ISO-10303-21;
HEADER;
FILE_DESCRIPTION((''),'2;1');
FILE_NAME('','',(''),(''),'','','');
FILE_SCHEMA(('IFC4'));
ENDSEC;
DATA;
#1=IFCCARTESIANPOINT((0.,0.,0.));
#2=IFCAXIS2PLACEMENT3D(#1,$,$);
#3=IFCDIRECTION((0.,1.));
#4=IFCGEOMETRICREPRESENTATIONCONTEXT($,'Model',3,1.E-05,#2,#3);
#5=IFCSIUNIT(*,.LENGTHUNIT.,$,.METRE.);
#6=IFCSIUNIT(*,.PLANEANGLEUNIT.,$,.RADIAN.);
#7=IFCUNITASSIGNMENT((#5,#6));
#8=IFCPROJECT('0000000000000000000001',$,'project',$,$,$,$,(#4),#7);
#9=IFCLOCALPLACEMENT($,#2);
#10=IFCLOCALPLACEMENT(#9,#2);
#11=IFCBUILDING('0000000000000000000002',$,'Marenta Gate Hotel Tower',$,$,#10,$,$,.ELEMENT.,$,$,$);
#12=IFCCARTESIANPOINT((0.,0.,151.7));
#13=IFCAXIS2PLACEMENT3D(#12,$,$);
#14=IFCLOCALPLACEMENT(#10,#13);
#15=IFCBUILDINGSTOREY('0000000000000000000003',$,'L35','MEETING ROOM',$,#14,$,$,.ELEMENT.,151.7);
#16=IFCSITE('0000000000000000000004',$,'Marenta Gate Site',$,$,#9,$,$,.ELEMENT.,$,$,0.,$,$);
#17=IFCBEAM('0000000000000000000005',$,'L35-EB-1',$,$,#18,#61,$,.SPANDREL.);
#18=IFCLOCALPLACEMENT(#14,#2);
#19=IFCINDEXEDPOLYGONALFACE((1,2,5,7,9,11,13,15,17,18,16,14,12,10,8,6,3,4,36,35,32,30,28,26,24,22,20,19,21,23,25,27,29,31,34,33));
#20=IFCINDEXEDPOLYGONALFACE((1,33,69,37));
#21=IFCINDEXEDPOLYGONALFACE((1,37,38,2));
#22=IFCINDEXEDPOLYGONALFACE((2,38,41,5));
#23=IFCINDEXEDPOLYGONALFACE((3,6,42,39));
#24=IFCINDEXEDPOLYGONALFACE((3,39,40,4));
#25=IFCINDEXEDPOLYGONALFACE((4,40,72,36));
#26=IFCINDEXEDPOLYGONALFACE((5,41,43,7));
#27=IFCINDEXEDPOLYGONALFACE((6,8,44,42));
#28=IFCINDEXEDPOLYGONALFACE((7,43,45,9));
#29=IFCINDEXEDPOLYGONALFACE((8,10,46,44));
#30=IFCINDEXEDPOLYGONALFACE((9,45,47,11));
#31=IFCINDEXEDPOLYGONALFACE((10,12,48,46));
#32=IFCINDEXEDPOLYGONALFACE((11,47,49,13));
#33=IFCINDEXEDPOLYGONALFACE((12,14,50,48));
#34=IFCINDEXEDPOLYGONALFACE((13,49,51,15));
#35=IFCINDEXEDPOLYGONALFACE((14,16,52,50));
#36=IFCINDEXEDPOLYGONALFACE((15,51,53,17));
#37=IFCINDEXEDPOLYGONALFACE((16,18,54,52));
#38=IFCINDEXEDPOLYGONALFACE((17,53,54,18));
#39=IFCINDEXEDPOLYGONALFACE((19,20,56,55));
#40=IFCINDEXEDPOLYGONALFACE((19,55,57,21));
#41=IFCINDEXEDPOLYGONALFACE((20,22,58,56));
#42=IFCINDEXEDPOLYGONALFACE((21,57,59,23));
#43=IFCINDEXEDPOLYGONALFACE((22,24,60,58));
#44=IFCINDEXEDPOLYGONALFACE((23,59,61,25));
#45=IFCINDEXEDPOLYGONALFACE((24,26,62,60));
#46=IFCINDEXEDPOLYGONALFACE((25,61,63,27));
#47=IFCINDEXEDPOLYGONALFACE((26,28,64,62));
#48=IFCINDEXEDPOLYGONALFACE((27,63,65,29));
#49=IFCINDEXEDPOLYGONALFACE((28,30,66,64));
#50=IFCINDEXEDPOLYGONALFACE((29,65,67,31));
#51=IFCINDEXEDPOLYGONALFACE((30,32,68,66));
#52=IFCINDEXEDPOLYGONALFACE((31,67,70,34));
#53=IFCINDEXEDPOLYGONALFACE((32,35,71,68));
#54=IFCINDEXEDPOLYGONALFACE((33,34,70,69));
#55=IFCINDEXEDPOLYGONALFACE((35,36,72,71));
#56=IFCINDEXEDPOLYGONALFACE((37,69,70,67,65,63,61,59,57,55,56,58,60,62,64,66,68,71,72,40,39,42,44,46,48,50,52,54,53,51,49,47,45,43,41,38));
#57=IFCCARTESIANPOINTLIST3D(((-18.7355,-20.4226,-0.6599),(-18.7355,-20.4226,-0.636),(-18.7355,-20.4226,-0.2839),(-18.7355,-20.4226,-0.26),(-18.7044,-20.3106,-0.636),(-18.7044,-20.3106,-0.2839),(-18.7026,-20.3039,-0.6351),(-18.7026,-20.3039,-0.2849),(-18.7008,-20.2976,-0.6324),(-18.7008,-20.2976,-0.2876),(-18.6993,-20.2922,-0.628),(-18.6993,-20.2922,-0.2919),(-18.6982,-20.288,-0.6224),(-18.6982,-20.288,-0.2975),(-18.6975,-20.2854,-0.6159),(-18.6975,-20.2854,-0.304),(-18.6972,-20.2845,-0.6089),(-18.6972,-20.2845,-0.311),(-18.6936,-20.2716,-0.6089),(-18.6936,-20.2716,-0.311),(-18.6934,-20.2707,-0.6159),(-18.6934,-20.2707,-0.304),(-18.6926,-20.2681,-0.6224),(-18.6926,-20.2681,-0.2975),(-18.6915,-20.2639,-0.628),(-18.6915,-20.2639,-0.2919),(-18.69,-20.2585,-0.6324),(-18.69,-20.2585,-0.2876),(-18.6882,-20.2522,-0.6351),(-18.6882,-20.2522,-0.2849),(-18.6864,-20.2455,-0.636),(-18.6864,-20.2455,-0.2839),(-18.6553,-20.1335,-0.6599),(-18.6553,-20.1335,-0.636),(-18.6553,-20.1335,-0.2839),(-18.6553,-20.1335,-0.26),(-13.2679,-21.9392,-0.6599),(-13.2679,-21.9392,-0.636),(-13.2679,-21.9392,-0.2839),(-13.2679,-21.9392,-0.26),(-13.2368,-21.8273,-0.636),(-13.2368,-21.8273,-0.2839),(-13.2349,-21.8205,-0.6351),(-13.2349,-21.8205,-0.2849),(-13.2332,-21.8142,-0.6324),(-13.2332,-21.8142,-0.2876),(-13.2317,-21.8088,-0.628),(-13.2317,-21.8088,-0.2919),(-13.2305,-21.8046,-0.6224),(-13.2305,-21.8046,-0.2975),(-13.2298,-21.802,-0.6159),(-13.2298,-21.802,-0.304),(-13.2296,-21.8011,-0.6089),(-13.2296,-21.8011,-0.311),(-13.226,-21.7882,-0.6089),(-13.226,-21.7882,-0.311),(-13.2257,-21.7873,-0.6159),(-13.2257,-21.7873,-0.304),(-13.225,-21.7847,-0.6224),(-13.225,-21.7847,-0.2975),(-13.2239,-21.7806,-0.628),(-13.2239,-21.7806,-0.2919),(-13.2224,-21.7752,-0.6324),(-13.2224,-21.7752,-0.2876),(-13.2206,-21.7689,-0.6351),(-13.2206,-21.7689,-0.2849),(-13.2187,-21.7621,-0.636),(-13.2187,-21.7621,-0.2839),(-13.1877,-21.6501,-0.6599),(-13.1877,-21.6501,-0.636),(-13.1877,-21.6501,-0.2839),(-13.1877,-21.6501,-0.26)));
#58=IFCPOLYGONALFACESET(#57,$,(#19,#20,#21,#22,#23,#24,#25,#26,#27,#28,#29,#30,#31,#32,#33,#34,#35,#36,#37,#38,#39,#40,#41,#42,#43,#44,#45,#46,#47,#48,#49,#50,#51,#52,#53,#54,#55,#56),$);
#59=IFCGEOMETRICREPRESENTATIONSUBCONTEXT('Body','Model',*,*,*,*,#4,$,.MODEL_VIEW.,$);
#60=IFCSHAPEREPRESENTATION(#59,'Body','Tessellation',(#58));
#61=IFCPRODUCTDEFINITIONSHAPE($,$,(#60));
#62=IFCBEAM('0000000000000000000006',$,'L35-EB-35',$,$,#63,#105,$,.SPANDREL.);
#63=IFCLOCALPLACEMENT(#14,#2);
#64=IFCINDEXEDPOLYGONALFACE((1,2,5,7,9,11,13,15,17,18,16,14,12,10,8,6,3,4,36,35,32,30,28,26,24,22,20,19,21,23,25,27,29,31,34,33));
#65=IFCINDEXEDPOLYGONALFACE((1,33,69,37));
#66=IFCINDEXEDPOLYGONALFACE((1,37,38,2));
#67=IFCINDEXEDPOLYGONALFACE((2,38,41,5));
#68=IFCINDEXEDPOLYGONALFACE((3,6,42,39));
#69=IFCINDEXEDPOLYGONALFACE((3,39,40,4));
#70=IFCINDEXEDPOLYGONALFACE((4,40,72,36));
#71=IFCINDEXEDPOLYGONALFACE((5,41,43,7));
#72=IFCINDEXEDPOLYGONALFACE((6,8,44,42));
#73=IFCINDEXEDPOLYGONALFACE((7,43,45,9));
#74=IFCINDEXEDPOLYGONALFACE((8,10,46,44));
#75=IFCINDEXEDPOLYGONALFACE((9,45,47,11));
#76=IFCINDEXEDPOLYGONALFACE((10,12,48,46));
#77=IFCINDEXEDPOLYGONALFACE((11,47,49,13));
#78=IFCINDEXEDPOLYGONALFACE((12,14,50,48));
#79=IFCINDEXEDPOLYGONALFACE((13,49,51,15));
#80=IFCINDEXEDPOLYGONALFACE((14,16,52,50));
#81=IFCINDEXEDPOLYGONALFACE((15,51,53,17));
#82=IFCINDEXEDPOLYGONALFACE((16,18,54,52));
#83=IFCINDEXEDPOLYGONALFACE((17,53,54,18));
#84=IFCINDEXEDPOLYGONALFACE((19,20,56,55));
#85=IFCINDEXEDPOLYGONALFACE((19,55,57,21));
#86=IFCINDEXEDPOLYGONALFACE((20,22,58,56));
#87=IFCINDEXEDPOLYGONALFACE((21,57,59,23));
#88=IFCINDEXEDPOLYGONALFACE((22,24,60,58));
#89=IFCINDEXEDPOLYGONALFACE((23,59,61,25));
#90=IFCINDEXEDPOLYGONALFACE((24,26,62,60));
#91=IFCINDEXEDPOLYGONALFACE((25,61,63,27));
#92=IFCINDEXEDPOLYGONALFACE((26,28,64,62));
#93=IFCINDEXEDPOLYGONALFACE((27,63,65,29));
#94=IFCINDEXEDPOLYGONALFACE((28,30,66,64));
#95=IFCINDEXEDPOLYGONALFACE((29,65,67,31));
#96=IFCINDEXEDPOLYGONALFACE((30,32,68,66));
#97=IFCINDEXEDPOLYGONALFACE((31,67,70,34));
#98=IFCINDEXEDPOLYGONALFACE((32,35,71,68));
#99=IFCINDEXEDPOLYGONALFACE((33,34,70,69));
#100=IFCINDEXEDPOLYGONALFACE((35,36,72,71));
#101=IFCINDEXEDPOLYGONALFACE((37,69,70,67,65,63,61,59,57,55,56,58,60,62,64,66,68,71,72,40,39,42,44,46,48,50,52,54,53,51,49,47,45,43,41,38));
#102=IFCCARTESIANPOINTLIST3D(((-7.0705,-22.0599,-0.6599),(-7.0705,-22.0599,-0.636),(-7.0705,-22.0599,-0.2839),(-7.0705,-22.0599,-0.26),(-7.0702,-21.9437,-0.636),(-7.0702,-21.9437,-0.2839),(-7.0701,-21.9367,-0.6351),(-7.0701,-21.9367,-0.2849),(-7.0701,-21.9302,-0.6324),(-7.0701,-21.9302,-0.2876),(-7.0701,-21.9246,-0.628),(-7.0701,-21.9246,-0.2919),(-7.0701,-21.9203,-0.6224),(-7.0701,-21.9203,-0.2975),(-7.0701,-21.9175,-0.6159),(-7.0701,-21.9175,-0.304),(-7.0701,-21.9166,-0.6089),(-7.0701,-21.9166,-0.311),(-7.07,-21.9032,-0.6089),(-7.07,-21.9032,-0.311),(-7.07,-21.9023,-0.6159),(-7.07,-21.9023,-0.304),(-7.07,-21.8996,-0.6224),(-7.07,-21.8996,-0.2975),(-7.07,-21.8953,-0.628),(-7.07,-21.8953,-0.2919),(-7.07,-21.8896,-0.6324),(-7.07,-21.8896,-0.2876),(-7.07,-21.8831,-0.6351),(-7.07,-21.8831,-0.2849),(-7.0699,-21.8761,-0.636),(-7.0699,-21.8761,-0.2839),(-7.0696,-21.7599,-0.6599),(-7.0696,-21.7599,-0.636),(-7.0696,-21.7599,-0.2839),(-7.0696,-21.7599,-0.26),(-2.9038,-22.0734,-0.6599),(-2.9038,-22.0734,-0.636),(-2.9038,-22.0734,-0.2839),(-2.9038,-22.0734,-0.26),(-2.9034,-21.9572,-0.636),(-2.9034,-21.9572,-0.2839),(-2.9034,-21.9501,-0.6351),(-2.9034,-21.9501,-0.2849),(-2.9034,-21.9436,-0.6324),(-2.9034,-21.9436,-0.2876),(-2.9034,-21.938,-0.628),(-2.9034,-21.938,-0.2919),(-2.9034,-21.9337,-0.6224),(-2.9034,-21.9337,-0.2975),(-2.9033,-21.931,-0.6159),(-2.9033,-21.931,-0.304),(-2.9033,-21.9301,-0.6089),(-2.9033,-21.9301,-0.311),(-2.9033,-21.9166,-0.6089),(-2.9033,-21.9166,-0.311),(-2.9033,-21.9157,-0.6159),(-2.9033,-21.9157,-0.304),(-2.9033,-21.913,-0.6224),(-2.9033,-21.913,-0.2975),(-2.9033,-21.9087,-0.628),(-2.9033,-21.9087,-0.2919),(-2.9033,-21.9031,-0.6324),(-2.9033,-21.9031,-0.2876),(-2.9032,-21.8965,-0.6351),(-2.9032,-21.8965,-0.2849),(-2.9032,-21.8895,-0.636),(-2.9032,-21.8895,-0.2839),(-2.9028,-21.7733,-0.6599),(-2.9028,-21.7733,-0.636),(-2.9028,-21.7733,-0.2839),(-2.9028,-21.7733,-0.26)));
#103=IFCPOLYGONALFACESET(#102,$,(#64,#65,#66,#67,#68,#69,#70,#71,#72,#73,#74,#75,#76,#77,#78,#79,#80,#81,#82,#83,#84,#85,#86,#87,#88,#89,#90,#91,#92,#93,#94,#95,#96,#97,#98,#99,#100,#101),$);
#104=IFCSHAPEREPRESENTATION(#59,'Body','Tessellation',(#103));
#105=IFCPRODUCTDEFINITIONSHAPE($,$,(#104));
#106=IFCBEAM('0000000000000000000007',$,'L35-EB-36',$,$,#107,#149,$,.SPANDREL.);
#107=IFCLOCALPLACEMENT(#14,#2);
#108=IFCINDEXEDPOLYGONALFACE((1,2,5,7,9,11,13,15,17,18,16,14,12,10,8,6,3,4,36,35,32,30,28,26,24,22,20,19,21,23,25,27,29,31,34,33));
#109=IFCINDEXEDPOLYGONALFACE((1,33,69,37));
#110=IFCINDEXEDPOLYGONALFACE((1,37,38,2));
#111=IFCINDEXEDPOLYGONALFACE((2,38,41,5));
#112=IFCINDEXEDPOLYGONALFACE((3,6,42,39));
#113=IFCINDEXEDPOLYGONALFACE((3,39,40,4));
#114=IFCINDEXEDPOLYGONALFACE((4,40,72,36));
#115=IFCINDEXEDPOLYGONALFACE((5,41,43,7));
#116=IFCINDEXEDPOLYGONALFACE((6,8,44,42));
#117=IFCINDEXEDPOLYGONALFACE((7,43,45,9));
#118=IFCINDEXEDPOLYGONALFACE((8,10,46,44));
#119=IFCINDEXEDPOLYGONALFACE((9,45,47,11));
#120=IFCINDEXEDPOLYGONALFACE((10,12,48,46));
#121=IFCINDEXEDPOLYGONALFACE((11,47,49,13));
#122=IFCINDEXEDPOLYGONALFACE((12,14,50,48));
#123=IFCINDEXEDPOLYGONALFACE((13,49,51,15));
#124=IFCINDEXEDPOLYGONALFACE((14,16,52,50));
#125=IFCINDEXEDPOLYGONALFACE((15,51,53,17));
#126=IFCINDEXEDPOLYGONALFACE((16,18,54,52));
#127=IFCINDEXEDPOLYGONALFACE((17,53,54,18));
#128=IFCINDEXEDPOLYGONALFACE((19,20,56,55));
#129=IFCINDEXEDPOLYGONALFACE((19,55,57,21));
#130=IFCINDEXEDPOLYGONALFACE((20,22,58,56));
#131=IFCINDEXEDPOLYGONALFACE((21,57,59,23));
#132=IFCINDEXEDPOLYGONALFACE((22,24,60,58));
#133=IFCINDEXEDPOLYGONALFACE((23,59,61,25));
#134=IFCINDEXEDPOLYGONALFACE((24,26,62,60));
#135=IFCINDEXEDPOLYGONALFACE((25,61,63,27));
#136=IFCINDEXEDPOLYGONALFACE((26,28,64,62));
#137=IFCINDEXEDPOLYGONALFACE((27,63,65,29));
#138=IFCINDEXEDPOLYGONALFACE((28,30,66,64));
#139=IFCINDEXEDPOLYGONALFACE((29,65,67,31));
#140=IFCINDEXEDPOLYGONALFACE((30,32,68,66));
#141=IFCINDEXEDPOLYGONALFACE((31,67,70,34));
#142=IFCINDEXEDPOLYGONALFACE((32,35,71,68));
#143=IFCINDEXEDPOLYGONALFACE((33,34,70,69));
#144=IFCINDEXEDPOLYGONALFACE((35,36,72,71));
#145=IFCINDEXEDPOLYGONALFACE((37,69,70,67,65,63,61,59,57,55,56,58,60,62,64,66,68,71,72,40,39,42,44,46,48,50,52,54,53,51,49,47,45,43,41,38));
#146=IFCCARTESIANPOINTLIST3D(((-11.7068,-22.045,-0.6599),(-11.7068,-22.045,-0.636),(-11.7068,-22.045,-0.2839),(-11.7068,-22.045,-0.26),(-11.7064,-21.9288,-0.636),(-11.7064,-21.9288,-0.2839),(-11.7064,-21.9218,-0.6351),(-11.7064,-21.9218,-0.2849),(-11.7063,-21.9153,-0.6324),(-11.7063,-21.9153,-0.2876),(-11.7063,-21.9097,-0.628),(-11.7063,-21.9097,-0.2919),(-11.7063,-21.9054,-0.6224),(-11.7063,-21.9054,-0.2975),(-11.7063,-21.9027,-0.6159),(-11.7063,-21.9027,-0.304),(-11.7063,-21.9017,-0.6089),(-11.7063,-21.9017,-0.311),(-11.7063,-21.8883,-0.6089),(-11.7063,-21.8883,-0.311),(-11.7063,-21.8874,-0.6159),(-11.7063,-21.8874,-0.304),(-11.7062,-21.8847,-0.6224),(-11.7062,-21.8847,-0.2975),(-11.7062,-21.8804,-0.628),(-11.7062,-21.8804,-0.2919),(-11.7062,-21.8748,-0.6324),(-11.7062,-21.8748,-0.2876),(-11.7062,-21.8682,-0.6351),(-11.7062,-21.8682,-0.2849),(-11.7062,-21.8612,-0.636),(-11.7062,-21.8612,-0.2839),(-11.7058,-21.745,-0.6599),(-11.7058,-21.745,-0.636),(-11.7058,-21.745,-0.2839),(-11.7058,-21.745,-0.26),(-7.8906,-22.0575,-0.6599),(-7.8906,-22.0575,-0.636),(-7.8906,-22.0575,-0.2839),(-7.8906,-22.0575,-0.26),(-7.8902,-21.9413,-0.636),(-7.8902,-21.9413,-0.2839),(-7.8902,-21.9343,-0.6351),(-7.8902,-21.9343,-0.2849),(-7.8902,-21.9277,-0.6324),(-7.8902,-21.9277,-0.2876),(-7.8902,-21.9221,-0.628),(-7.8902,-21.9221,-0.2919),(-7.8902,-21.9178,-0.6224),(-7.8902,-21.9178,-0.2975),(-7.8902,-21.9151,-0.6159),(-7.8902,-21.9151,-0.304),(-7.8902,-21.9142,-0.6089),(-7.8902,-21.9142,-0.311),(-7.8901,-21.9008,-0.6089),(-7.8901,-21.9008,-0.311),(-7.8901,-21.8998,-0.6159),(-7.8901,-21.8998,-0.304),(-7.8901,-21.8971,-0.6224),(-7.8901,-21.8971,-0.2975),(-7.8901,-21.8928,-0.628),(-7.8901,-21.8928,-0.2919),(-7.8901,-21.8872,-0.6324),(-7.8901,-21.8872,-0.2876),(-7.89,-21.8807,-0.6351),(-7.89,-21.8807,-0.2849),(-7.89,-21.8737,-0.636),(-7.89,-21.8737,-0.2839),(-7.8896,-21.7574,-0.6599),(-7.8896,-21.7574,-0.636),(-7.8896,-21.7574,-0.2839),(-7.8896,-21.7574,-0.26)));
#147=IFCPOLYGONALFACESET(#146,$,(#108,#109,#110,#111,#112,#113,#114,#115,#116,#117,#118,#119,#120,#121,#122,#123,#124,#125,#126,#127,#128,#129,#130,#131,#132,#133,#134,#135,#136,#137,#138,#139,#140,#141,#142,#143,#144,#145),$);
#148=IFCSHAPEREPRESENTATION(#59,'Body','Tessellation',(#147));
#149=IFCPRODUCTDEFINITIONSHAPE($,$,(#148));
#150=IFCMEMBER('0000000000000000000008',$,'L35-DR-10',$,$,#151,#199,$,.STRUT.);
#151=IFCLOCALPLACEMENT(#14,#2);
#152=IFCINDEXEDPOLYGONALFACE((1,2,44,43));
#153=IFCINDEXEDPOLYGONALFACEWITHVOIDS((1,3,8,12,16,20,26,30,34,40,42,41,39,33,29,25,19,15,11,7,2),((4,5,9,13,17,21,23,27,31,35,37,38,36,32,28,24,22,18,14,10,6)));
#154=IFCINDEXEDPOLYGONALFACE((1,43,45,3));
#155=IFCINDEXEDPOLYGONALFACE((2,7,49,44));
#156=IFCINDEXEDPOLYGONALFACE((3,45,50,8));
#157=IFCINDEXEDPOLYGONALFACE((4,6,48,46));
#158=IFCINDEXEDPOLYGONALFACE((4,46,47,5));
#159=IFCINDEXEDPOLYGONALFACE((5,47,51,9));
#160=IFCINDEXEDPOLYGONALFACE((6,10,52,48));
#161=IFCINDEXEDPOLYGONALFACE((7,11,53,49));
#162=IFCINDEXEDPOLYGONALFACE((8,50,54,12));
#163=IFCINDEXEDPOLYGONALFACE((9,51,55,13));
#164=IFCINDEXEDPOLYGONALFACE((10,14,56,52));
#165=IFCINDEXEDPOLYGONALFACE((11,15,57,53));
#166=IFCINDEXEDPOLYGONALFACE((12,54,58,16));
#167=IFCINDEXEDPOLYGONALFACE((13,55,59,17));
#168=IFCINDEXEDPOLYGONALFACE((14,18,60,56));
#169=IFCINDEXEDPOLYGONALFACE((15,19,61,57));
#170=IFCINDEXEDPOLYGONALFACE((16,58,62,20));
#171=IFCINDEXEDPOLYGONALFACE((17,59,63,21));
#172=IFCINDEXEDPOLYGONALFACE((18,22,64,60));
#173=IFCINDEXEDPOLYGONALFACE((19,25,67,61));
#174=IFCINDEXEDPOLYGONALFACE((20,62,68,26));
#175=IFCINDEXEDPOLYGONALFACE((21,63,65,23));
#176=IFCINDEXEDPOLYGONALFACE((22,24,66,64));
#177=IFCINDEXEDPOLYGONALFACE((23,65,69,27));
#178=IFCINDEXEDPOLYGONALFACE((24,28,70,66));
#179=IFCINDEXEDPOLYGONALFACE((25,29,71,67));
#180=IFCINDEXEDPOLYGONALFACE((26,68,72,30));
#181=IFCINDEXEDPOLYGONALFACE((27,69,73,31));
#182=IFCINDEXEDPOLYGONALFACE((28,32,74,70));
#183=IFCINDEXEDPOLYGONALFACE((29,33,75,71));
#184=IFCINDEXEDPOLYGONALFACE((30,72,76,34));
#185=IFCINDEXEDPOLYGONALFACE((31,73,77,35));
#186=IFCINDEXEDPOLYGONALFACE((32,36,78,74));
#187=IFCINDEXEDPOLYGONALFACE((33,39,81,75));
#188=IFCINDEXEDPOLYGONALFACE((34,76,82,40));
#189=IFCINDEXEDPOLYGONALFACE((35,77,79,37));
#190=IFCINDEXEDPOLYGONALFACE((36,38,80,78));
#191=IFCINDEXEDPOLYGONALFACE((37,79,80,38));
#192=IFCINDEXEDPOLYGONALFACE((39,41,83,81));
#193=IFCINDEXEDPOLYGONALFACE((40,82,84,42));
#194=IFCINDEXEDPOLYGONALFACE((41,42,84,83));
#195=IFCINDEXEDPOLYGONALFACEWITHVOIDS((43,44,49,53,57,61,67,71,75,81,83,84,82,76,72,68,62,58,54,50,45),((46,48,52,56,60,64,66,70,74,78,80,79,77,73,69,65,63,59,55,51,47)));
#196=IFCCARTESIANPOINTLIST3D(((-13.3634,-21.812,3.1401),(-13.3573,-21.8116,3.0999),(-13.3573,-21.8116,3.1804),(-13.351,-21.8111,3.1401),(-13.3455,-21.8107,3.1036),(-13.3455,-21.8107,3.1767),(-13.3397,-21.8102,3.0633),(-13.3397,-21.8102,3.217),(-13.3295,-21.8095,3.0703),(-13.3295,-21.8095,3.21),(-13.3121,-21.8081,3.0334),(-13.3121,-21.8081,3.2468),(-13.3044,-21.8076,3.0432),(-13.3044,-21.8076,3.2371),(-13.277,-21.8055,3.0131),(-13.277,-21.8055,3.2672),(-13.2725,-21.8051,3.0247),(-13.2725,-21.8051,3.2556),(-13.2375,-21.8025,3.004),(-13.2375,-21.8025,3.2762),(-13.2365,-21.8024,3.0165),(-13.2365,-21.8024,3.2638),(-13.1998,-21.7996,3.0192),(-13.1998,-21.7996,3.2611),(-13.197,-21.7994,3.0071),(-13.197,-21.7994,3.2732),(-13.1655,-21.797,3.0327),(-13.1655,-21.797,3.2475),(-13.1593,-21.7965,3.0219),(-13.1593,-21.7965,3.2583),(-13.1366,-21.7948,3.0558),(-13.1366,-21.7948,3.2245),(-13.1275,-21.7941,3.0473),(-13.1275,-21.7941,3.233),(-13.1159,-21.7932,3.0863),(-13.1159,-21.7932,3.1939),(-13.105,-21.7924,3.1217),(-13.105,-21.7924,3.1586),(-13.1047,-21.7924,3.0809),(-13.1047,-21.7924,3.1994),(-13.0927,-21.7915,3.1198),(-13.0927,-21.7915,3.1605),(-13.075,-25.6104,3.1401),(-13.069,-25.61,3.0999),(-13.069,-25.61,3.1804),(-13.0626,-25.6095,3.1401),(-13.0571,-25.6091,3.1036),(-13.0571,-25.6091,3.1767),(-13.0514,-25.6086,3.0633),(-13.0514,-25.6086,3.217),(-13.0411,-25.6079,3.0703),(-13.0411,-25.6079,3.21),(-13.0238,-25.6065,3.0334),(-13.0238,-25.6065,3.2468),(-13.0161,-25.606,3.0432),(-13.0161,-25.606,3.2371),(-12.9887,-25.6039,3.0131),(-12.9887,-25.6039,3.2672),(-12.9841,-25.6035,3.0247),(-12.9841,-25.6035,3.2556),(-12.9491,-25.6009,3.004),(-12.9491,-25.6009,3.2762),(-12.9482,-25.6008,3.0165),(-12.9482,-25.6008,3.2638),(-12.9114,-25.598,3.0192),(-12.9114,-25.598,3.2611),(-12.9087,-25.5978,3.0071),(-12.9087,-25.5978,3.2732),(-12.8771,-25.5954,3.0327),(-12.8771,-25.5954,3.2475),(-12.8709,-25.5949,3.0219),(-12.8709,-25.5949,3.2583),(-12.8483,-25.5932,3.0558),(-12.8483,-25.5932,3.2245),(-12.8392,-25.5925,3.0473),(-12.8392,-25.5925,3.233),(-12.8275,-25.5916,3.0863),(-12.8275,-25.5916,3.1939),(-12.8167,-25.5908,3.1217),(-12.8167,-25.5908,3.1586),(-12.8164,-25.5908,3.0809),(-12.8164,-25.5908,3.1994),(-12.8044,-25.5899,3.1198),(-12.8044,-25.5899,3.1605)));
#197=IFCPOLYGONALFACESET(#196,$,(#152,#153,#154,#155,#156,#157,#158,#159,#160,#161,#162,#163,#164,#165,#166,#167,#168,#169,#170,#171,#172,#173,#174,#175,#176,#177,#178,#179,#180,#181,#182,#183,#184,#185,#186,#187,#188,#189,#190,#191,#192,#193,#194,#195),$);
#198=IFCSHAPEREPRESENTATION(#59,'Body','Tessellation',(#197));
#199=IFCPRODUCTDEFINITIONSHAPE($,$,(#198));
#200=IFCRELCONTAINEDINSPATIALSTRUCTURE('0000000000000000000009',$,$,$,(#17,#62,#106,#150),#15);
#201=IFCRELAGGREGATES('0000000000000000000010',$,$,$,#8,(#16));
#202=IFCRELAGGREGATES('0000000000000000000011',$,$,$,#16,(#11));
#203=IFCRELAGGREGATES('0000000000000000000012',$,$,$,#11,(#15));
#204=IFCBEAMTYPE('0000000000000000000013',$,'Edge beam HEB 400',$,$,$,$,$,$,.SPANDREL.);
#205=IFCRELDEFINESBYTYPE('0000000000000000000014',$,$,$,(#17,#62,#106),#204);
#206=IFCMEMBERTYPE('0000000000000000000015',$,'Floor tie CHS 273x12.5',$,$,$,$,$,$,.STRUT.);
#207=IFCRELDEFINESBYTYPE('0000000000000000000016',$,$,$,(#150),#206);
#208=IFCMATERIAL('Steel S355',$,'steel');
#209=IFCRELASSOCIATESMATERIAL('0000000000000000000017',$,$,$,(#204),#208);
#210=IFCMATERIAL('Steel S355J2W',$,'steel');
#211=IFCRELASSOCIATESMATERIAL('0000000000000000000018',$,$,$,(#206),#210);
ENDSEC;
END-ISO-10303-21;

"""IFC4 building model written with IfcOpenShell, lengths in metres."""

from ifc_helpers import new_model, si_unit, direction, frame, origin, origin_2d, place, context, subcontext, project, spatial, hollow_circle, i_section, extrude, material, material_profile, profile_set, type_object, element, save


model = new_model("IFC4")

# Units and contexts
model_context = context("Model", 3, precision=1e-05, world=origin(), true_north=direction((0.0, 1.0)))
body_context = subcontext(model_context, "Body", "Model", "MODEL_VIEW")
ifc_project = project(units=[si_unit("LENGTHUNIT", "METRE"), si_unit("PLANEANGLEUNIT", "RADIAN")], contexts=[model_context])

# Site, building, storey
site_placement = place(None, origin())
site = spatial("IfcSite", under=ifc_project, at=site_placement, Name="Marenta Gate Site", CompositionType="ELEMENT", RefElevation=0.0)
building_placement = place(site_placement, origin())
building = spatial("IfcBuilding", under=site, at=building_placement, Name="Marenta Gate Hotel Tower", CompositionType="ELEMENT")
storey_placement = place(building_placement, frame((0.0, 0.0, 151.7)))
storey = spatial("IfcBuildingStorey", under=building, at=storey_placement, Name="L35", Description="MEETING ROOM", CompositionType="ELEMENT", Elevation=151.7)

# Beams
ifc_material_1 = material(Name="Steel S355", Category="steel")
ifc_material_profile_1 = material_profile(ifc_material_1, i_section(OverallWidth=0.3, OverallDepth=0.3999, WebThickness=0.0134, FlangeThickness=0.0239, FilletRadius=0.0271, at=origin_2d()), Name="HEB 400")
ifc_profile_set_1 = profile_set([ifc_material_profile_1], Name="Steel S355")
beam_type = type_object("IfcBeamType", Name="Edge beam HEB 400", PredefinedType="SPANDREL", material=ifc_profile_set_1)
beam_1_placement = place(storey_placement, frame((-13.2278, -21.7947, -0.46), z_axis=(-0.963616, 0.267291, 0.0), x_axis=(-0.267291, -0.963616, 0.0)))
element("IfcBeam", 1, at=beam_1_placement, inside=storey, type_object=beam_type, Name="L35-EB-1", PredefinedType="SPANDREL", context=body_context, shape_type="SweptSolid", body=[
    extrude(i_section(OverallWidth=0.3, OverallDepth=0.3999, WebThickness=0.0134, FlangeThickness=0.0239, FilletRadius=0.0271, at=origin_2d()), origin(), (0.0, 0.0, 1.0), 5.6741),
])
beam_2_placement = place(storey_placement, frame((-2.9033, -21.9233, -0.46), z_axis=(-0.999995, 0.003223, 0.0), x_axis=(-0.003223, -0.999995, 0.0)))
element("IfcBeam", 2, at=beam_2_placement, inside=storey, type_object=beam_type, Name="L35-EB-35", PredefinedType="SPANDREL", context=body_context, shape_type="SweptSolid", body=[
    extrude(i_section(OverallWidth=0.3, OverallDepth=0.3999, WebThickness=0.0134, FlangeThickness=0.0239, FilletRadius=0.0271, at=origin_2d()), origin(), (0.0, 0.0, 1.0), 4.1667),
])
beam_3_placement = place(storey_placement, frame((-7.8901, -21.9075, -0.46), z_axis=(-0.999995, 0.003263, 0.0), x_axis=(-0.003263, -0.999995, 0.0)))
element("IfcBeam", 3, at=beam_3_placement, inside=storey, type_object=beam_type, Name="L35-EB-36", PredefinedType="SPANDREL", context=body_context, shape_type="SweptSolid", body=[
    extrude(i_section(OverallWidth=0.3, OverallDepth=0.3999, WebThickness=0.0134, FlangeThickness=0.0239, FilletRadius=0.0271, at=origin_2d()), origin(), (0.0, 0.0, 1.0), 3.8162),
])

# Member
ifc_material_2 = material(Name="Steel S355J2W", Category="steel")
ifc_material_profile_2 = material_profile(ifc_material_2, hollow_circle(Radius=0.1365, WallThickness=0.0125, at=origin_2d()), Name="CHS 273x12.5")
ifc_profile_set_2 = profile_set([ifc_material_profile_2], Name="Steel S355J2W")
member_type_1 = type_object("IfcMemberType", Name="Floor tie CHS 273x12.5", PredefinedType="STRUT", material=ifc_profile_set_2)
member_1_placement = place(storey_placement, frame((-12.939, -25.6001, 3.1401), z_axis=(-0.075692, 0.997131, 0.0), x_axis=(-0.997131, -0.075692, 0.0)))
element("IfcMember", 4, at=member_1_placement, inside=storey, type_object=member_type_1, Name="L35-DR-10", PredefinedType="STRUT", context=body_context, shape_type="SweptSolid", body=[
    extrude(hollow_circle(Radius=0.1365, WallThickness=0.0125, at=origin_2d()), origin(), (0.0, 0.0, 1.0), 3.8093),
])

save(model, "model.ifc")
